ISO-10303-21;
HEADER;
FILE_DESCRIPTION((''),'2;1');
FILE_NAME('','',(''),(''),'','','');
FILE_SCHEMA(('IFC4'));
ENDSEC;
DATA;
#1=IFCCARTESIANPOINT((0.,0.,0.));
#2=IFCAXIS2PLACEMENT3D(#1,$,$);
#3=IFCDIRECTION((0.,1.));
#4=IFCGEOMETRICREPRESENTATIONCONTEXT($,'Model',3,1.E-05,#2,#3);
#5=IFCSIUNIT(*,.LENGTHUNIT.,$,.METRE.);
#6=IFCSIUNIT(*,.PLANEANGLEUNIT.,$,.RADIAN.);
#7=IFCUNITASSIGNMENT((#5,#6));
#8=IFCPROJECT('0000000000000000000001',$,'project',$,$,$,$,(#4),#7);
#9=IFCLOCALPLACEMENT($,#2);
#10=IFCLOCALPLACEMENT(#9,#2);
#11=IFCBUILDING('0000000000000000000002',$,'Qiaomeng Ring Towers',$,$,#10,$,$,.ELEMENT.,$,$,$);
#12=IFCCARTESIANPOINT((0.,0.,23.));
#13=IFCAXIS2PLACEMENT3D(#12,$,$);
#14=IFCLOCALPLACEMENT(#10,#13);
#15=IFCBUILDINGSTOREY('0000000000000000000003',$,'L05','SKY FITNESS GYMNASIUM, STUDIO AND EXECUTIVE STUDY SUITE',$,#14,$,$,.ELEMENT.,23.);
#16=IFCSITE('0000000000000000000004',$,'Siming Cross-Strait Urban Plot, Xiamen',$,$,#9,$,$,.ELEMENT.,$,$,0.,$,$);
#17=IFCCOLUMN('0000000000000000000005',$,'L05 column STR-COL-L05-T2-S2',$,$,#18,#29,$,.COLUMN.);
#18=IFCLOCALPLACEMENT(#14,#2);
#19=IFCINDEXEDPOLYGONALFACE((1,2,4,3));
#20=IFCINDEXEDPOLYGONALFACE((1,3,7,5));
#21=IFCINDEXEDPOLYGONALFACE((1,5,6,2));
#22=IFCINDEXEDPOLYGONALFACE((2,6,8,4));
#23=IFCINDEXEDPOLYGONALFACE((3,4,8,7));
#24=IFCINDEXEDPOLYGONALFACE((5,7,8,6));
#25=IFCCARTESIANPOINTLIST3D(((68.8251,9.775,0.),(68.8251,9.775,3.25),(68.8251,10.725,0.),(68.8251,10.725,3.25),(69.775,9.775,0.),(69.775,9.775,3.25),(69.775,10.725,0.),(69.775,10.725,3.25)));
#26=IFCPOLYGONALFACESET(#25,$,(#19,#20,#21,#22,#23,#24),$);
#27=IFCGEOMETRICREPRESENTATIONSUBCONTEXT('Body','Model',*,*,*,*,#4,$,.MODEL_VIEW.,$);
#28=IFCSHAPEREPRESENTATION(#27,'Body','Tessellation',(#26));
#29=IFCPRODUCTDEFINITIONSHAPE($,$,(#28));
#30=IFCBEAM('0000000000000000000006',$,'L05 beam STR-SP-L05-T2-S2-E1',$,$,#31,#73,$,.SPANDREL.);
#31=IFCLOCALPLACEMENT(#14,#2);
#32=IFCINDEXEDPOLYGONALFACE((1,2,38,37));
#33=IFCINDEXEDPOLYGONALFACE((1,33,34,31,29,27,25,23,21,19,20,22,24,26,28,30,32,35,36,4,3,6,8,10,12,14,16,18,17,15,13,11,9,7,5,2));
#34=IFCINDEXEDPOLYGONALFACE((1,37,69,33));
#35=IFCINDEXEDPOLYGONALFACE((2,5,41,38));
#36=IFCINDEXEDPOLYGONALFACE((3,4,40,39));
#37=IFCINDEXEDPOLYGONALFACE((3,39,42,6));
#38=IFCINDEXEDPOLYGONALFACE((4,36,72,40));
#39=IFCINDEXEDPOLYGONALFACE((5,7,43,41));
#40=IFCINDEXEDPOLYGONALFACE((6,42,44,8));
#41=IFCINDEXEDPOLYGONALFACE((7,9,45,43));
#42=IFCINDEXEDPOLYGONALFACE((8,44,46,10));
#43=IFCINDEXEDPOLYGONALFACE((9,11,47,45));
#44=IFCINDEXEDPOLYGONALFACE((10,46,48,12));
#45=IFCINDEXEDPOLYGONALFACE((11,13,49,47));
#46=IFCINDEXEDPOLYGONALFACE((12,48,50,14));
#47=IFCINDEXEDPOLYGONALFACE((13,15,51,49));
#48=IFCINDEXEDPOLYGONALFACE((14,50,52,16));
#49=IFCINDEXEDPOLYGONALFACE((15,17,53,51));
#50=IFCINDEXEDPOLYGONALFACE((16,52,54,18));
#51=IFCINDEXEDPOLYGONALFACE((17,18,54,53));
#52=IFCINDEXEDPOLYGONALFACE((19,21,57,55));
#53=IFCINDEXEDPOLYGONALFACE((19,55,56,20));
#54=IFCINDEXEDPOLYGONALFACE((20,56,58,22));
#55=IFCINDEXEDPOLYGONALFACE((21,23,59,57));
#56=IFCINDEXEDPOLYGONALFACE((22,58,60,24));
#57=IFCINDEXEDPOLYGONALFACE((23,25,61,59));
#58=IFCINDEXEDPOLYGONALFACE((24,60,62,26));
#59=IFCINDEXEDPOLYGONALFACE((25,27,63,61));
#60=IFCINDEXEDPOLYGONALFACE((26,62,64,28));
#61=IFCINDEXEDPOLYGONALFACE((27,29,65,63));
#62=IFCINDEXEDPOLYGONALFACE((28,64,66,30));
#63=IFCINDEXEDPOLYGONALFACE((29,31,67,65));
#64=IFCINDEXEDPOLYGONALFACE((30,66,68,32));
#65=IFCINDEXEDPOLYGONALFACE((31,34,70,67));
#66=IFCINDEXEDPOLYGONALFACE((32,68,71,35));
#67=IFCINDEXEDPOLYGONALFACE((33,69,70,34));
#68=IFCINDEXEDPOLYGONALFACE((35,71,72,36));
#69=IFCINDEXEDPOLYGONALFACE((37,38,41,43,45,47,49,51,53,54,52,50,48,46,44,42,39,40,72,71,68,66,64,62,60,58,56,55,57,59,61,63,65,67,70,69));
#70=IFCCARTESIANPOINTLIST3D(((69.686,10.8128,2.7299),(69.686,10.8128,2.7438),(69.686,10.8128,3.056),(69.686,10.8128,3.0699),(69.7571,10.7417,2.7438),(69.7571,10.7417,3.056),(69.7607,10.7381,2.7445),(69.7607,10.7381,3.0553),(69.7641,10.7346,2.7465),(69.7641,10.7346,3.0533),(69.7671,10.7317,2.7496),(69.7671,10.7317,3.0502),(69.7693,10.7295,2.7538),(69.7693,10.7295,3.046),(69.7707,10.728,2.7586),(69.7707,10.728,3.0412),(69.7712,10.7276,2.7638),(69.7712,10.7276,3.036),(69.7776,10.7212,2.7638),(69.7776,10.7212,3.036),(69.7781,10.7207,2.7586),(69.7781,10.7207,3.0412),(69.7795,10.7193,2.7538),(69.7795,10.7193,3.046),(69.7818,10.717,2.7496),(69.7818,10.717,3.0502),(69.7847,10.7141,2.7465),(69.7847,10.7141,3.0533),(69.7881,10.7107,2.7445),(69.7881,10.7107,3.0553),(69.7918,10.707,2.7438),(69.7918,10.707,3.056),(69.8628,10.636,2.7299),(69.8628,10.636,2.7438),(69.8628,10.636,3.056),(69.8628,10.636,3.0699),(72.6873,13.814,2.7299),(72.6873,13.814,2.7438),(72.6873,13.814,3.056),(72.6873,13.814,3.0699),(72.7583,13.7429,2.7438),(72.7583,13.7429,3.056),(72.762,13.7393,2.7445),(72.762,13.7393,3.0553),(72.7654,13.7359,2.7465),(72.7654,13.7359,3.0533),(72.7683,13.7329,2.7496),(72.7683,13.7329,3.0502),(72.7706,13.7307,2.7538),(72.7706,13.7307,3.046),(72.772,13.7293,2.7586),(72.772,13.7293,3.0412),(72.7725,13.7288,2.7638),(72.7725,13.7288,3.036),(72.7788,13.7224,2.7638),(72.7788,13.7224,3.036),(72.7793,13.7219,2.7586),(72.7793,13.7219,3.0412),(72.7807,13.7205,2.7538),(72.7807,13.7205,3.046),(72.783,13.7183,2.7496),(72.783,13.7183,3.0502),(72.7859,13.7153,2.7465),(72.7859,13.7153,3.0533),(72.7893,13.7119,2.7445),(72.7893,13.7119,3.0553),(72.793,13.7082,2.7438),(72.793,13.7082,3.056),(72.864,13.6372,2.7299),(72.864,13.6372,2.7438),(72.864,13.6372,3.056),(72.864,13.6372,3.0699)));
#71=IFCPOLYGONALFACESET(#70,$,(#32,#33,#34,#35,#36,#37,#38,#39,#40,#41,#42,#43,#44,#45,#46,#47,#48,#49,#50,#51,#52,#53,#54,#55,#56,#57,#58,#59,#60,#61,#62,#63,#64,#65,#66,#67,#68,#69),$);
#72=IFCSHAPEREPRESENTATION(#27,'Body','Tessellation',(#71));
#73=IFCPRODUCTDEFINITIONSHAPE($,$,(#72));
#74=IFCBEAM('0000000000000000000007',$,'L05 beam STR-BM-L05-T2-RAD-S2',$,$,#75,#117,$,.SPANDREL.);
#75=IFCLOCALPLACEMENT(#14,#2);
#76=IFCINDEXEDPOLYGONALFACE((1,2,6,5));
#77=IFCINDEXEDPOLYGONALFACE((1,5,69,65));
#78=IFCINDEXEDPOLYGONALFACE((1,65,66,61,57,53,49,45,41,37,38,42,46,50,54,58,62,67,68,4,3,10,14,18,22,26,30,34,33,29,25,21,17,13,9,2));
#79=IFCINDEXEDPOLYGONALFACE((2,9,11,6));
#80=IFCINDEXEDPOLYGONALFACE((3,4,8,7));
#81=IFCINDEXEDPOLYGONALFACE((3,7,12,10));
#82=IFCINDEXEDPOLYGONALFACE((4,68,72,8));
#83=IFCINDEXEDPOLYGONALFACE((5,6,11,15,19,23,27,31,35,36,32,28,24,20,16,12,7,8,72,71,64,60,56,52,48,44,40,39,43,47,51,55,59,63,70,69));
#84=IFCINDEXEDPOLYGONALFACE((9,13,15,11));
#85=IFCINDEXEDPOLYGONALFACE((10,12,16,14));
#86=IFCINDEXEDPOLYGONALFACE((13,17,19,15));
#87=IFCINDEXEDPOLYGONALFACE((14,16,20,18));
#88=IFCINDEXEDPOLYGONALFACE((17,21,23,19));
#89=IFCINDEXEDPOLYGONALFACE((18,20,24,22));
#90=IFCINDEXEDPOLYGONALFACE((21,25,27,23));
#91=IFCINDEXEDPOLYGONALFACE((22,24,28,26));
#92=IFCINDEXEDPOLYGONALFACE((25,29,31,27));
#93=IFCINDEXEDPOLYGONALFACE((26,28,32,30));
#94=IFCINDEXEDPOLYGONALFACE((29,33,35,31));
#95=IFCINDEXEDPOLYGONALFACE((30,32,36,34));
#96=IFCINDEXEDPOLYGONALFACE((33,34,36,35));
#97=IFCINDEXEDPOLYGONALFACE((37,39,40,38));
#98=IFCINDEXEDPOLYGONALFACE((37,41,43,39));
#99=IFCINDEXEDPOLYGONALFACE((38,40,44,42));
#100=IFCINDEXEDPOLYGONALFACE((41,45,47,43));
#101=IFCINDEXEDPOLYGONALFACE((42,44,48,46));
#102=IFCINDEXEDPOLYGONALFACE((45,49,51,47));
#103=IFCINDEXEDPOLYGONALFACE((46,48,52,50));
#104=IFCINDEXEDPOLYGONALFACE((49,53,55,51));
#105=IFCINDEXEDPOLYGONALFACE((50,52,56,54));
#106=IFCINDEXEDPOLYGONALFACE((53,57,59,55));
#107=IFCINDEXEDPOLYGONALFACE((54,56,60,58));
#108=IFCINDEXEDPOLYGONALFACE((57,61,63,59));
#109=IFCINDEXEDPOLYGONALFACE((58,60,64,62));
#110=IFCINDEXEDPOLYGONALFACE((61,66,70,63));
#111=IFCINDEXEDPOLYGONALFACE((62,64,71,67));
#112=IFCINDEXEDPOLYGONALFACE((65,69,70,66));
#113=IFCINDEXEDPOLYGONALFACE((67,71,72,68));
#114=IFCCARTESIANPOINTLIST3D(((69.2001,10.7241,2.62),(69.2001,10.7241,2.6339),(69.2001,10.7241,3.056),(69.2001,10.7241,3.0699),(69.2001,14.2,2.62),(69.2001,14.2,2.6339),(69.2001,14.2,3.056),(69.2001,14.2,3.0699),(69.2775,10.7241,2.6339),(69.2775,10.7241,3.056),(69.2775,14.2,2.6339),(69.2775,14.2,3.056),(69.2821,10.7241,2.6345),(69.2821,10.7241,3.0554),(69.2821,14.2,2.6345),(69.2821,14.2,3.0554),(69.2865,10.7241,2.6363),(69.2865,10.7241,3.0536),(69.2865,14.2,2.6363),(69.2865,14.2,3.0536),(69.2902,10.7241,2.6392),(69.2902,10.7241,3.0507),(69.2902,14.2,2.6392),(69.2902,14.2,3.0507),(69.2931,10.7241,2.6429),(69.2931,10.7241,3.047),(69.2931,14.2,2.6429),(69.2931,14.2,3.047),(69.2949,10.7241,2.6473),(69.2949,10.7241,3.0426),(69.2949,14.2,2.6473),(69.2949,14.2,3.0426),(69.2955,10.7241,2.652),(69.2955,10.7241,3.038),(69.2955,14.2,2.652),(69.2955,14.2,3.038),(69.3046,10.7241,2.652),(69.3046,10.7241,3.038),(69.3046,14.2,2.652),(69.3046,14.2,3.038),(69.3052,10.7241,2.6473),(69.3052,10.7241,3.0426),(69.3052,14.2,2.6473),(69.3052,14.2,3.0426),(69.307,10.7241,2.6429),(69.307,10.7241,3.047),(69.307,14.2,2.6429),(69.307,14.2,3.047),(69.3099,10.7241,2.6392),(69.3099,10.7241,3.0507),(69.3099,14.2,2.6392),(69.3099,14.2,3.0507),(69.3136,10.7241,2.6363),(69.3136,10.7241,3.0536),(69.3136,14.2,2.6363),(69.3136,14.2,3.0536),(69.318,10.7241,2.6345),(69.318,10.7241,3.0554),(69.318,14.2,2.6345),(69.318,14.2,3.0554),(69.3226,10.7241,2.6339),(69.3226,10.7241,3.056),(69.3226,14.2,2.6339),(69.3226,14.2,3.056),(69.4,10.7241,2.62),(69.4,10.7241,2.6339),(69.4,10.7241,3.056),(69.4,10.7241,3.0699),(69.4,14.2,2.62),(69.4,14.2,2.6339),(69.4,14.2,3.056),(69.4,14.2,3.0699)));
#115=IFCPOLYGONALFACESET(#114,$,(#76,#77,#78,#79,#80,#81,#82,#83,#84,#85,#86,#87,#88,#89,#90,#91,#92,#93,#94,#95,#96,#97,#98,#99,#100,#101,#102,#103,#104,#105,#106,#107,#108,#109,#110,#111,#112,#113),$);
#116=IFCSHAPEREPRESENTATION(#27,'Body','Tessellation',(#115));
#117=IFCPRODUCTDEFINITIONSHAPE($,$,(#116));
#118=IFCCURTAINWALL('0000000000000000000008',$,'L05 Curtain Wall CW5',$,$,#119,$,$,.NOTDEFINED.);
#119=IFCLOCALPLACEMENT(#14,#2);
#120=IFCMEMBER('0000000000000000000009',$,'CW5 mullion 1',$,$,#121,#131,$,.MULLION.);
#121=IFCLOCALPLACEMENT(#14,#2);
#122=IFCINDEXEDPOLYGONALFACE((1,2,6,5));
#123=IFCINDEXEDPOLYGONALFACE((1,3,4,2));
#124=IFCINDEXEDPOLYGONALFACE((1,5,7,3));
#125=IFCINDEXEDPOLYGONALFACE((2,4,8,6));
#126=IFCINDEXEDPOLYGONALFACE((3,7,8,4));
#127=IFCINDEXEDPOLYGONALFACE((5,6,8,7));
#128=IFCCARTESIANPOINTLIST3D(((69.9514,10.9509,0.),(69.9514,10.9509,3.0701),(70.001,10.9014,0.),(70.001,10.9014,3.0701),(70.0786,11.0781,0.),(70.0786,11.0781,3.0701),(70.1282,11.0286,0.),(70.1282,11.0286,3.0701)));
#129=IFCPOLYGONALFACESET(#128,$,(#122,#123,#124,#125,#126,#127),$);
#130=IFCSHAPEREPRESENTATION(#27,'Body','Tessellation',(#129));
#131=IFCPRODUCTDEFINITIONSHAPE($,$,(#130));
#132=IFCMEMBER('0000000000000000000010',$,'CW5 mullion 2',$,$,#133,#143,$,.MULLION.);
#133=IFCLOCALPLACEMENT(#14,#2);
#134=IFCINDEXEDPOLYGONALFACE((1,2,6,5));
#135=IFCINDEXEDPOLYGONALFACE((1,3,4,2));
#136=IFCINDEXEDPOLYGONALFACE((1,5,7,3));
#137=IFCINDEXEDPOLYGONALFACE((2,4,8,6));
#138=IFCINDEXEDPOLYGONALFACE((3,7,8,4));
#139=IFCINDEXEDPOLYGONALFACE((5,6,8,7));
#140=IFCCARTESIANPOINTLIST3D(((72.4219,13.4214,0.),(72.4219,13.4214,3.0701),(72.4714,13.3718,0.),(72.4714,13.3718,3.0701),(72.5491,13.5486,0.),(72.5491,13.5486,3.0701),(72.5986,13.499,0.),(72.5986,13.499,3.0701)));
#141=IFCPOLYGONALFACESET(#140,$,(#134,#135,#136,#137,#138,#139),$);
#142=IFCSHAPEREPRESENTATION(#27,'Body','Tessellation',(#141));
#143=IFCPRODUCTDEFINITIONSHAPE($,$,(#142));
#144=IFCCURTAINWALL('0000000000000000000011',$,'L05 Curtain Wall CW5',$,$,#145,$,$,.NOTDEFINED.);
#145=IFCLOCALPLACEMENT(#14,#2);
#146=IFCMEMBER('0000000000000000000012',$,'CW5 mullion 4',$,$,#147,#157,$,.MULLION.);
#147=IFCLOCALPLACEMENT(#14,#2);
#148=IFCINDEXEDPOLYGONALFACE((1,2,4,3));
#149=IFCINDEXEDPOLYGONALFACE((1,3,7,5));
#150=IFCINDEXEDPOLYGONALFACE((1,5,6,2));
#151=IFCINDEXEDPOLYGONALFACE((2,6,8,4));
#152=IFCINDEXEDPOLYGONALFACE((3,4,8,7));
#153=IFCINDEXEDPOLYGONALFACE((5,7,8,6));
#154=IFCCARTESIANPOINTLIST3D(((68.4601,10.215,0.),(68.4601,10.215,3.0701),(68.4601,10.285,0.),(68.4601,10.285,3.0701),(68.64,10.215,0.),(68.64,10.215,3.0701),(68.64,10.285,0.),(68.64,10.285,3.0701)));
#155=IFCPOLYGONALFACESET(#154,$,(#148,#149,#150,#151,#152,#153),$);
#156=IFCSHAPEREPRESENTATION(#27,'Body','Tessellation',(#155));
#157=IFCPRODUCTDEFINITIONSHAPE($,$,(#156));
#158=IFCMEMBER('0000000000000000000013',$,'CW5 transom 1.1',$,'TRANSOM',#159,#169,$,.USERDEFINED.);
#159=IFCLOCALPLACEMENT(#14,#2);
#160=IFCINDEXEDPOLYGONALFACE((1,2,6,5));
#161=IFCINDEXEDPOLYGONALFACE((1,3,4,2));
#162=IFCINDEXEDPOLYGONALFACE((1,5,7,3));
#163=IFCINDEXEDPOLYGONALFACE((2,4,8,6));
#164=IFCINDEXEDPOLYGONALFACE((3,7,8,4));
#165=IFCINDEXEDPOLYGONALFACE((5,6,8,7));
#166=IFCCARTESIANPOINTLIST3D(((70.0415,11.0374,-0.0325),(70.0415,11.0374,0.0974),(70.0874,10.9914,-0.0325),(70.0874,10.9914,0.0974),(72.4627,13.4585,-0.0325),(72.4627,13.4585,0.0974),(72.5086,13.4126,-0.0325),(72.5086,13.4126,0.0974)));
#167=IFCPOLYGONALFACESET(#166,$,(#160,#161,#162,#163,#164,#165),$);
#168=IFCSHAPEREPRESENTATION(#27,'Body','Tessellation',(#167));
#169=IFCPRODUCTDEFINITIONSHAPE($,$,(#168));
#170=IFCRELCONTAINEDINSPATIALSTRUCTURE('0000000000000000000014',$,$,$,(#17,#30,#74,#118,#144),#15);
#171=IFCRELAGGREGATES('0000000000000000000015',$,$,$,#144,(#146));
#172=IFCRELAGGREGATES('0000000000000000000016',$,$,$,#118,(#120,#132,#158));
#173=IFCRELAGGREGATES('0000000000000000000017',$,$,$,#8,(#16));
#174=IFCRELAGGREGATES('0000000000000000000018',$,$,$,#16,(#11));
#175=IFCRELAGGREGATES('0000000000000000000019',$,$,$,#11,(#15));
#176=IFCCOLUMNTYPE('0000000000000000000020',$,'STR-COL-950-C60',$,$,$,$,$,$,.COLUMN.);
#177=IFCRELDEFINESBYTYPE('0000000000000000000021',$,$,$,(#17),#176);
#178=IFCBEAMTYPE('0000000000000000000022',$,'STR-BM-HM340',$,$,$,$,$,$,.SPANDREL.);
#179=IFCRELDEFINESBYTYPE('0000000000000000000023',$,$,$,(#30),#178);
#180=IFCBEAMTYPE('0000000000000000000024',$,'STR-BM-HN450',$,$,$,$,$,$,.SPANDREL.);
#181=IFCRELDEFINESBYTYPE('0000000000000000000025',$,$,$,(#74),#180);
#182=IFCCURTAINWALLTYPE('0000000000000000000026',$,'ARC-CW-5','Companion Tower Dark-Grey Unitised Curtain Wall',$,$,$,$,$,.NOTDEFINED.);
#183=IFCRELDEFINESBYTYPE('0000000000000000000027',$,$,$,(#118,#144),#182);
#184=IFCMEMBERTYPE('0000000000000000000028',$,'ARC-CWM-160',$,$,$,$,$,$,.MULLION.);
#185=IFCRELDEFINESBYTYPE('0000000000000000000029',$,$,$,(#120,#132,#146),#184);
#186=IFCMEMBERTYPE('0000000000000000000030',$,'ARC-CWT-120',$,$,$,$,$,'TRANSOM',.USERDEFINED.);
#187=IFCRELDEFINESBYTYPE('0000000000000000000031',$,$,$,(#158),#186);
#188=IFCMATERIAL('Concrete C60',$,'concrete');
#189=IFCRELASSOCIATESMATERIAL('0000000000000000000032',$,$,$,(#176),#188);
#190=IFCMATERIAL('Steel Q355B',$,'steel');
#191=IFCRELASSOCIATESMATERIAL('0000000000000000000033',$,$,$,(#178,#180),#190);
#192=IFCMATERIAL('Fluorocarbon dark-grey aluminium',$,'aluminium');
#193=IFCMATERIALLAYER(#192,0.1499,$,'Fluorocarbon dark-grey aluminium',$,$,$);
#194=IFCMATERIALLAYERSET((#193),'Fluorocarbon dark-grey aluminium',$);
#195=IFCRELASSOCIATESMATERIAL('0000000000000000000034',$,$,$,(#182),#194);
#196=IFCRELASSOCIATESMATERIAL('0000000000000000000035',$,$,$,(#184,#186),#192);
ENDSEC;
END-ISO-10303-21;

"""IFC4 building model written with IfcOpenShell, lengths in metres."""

from ifc_helpers import new_model, si_unit, direction, frame, origin, origin_2d, place, context, subcontext, project, spatial, rectangle, i_section, extrude, source, transform, mapped, material, layer, layer_set, material_profile, profile_set, type_object, element, aggregate, save


model = new_model("IFC4")

# Units and contexts
model_context = context("Model", 3, precision=1e-05, world=origin(), true_north=direction((0.0, 1.0)))
body_context = subcontext(model_context, "Body", "Model", "MODEL_VIEW")
ifc_project = project(units=[si_unit("LENGTHUNIT", "METRE"), si_unit("PLANEANGLEUNIT", "RADIAN")], contexts=[model_context])

# Site, building, storey
site_placement = place(None, origin())
site = spatial("IfcSite", under=ifc_project, at=site_placement, Name="Siming Cross-Strait Urban Plot, Xiamen", CompositionType="ELEMENT", RefElevation=0.0)
building_placement = place(site_placement, origin())
building = spatial("IfcBuilding", under=site, at=building_placement, Name="Qiaomeng Ring Towers", CompositionType="ELEMENT")
storey_placement = place(building_placement, frame((0.0, 0.0, 23.0)))
storey = spatial("IfcBuildingStorey", under=building, at=storey_placement, Name="L05", Description="SKY FITNESS GYMNASIUM, STUDIO AND EXECUTIVE STUDY SUITE", CompositionType="ELEMENT", Elevation=23.0)

# Column
ifc_material_1 = material(Name="Concrete C60", Category="concrete")
ifc_material_profile_1 = material_profile(ifc_material_1, rectangle(XDim=0.95, YDim=0.95, at=origin_2d()), Name="RC COL 950x950")
ifc_profile_set_1 = profile_set([ifc_material_profile_1], Name="Concrete C60")
column_type = type_object("IfcColumnType", Name="STR-COL-950-C60", PredefinedType="COLUMN", material=ifc_profile_set_1)
shared_shape_1 = source(origin(), body_context, "Body", "SweptSolid", [
    extrude(rectangle(XDim=0.95, YDim=0.95, at=origin_2d()), origin(), (0.0, 0.0, 1.0), 3.25),
])
column_placement = place(storey_placement, frame((69.3, 10.25, 0.0), z_axis=(0.0, 0.0, 1.0), x_axis=(1.0, 0.0, 0.0)))
element("IfcColumn", 1, at=column_placement, inside=storey, type_object=column_type, Name="L05 column STR-COL-L05-T2-S2", PredefinedType="COLUMN", context=body_context, shape_type="MappedRepresentation", body=[
    mapped(shared_shape_1, transform((0.0, 0.0, 0.0), x_axis=(1.0, 0.0, 0.0), y_axis=(0.0, 1.0, 0.0), z_axis=(0.0, 0.0, 1.0), scale=1.0)),
])

# Beams
ifc_material_2 = material(Name="Steel Q355B", Category="steel")
ifc_material_profile_2 = material_profile(ifc_material_2, i_section(OverallWidth=0.25, OverallDepth=0.3401, WebThickness=0.009, FlangeThickness=0.0139, FilletRadius=0.02, at=origin_2d()), Name="HM 340x250x9x14")
ifc_profile_set_2 = profile_set([ifc_material_profile_2], Name="Steel Q355B")
beam_type_1 = type_object("IfcBeamType", Name="STR-BM-HM340", PredefinedType="SPANDREL", material=ifc_profile_set_2)
shared_shape_2 = source(origin(), body_context, "Body", "SweptSolid", [
    extrude(i_section(OverallWidth=0.25, OverallDepth=0.3401, WebThickness=0.009, FlangeThickness=0.0139, FilletRadius=0.02, at=origin_2d()), origin(), (0.0, 0.0, 1.0), 4.2444),
])
beam_1_placement = place(storey_placement, frame((69.7744, 10.7244, 2.8999), z_axis=(0.707107, 0.707107, 0.0), x_axis=(-0.707107, 0.707107, 0.0)))
element("IfcBeam", 2, at=beam_1_placement, inside=storey, type_object=beam_type_1, Name="L05 beam STR-SP-L05-T2-S2-E1", PredefinedType="SPANDREL", context=body_context, shape_type="MappedRepresentation", body=[
    mapped(shared_shape_2, transform((0.0, 0.0, 0.0), x_axis=(1.0, 0.0, 0.0), y_axis=(0.0, 1.0, 0.0), z_axis=(0.0, 0.0, 1.0), scale=1.0)),
])
ifc_material_profile_3 = material_profile(ifc_material_2, i_section(OverallWidth=0.2, OverallDepth=0.45, WebThickness=0.009, FlangeThickness=0.0139, FilletRadius=0.0181, at=origin_2d()), Name="HN 450x200x9x14")
ifc_profile_set_3 = profile_set([ifc_material_profile_3], Name="Steel Q355B")
beam_type_2 = type_object("IfcBeamType", Name="STR-BM-HN450", PredefinedType="SPANDREL", material=ifc_profile_set_3)
shared_shape_3 = source(origin(), body_context, "Body", "SweptSolid", [
    extrude(i_section(OverallWidth=0.2, OverallDepth=0.45, WebThickness=0.009, FlangeThickness=0.0139, FilletRadius=0.0181, at=origin_2d()), origin(), (0.0, 0.0, 1.0), 3.4758),
])
beam_2_placement = place(storey_placement, frame((69.3, 10.7241, 2.845), z_axis=(0.0, 1.0, 0.0), x_axis=(-1.0, 0.0, 0.0)))
element("IfcBeam", 3, at=beam_2_placement, inside=storey, type_object=beam_type_2, Name="L05 beam STR-BM-L05-T2-RAD-S2", PredefinedType="SPANDREL", context=body_context, shape_type="MappedRepresentation", body=[
    mapped(shared_shape_3, transform((0.0, 0.0, 0.0), x_axis=(1.0, 0.0, 0.0), y_axis=(0.0, 1.0, 0.0), z_axis=(0.0, 0.0, 1.0), scale=1.0)),
])

# Curtain wall, members
ifc_material_3 = material(Name="Fluorocarbon dark-grey aluminium", Category="aluminium")
ifc_layer_1 = layer(ifc_material_3, 0.1499, Name="Fluorocarbon dark-grey aluminium")
ifc_layer_set_1 = layer_set([ifc_layer_1], Name="Fluorocarbon dark-grey aluminium")
curtain_wall_type = type_object("IfcCurtainWallType", Name="ARC-CW-5", Description="Companion Tower Dark-Grey Unitised Curtain Wall", PredefinedType="NOTDEFINED", material=ifc_layer_set_1)
curtain_wall_1_placement = place(storey_placement, origin())
curtain_wall_1 = element("IfcCurtainWall", 4, at=curtain_wall_1_placement, inside=storey, type_object=curtain_wall_type, Name="L05 Curtain Wall CW5", PredefinedType="NOTDEFINED")
ifc_material_profile_4 = material_profile(ifc_material_3, rectangle(XDim=0.0701, YDim=0.1799, at=origin_2d()), Name="ALU MULL 70x180")
ifc_profile_set_4 = profile_set([ifc_material_profile_4], Name="Fluorocarbon dark-grey aluminium")
member_type_1 = type_object("IfcMemberType", Name="ARC-CWM-160", PredefinedType="MULLION", material=ifc_profile_set_4)
shared_shape_4 = source(origin(), body_context, "Body", "SweptSolid", [
    extrude(rectangle(XDim=0.0701, YDim=0.1799, at=origin_2d()), origin(), (0.0, 0.0, 1.0), 3.0701),
])
member_1_placement = place(storey_placement, frame((70.0398, 10.9897, 0.0), z_axis=(0.0, 0.0, 1.0), x_axis=(-0.707107, 0.707107, 0.0)))
member_1 = element("IfcMember", 5, at=member_1_placement, type_object=member_type_1, Name="CW5 mullion 1", PredefinedType="MULLION", context=body_context, shape_type="MappedRepresentation", body=[
    mapped(shared_shape_4, transform((0.0, 0.0, 0.0), x_axis=(1.0, 0.0, 0.0), y_axis=(0.0, 1.0, 0.0), z_axis=(0.0, 0.0, 1.0), scale=1.0)),
])
member_2_placement = place(storey_placement, frame((72.5103, 13.4602, 0.0), z_axis=(0.0, 0.0, 1.0), x_axis=(-0.707107, 0.707107, 0.0)))
member_2 = element("IfcMember", 6, at=member_2_placement, type_object=member_type_1, Name="CW5 mullion 2", PredefinedType="MULLION", context=body_context, shape_type="MappedRepresentation", body=[
    mapped(shared_shape_4, transform((0.0, 0.0, 0.0), x_axis=(1.0, 0.0, 0.0), y_axis=(0.0, 1.0, 0.0), z_axis=(0.0, 0.0, 1.0), scale=1.0)),
])

# Curtain wall, member
curtain_wall_2_placement = place(storey_placement, origin())
curtain_wall_2 = element("IfcCurtainWall", 7, at=curtain_wall_2_placement, inside=storey, type_object=curtain_wall_type, Name="L05 Curtain Wall CW5", PredefinedType="NOTDEFINED")
member_3_placement = place(storey_placement, frame((68.55, 10.25, 0.0), z_axis=(0.0, 0.0, 1.0), x_axis=(0.0, 1.0, 0.0)))
member_3 = element("IfcMember", 8, at=member_3_placement, type_object=member_type_1, Name="CW5 mullion 4", PredefinedType="MULLION", context=body_context, shape_type="MappedRepresentation", body=[
    mapped(shared_shape_4, transform((0.0, 0.0, 0.0), x_axis=(1.0, 0.0, 0.0), y_axis=(0.0, 1.0, 0.0), z_axis=(0.0, 0.0, 1.0), scale=1.0)),
])
aggregate(curtain_wall_2, [member_3])

# Member
ifc_material_profile_5 = material_profile(ifc_material_3, rectangle(XDim=0.0649, YDim=0.1299, at=origin_2d()), Name="ALU TRAN 65x130")
ifc_profile_set_5 = profile_set([ifc_material_profile_5], Name="Fluorocarbon dark-grey aluminium")
member_type_2 = type_object("IfcMemberType", Name="ARC-CWT-120", ElementType="TRANSOM", PredefinedType="USERDEFINED", material=ifc_profile_set_5)
shared_shape_5 = source(origin(), body_context, "Body", "SweptSolid", [
    extrude(rectangle(XDim=0.0649, YDim=0.1299, at=origin_2d()), origin(), (0.0, 0.0, 1.0), 3.4241),
])
member_4_placement = place(storey_placement, frame((70.0645, 11.0144, 0.0325), z_axis=(0.707107, 0.707107, 0.0), x_axis=(-0.707107, 0.707107, 0.0)))
member_4 = element("IfcMember", 9, at=member_4_placement, type_object=member_type_2, Name="CW5 transom 1.1", ObjectType="TRANSOM", PredefinedType="USERDEFINED", context=body_context, shape_type="MappedRepresentation", body=[
    mapped(shared_shape_5, transform((0.0, 0.0, 0.0), x_axis=(1.0, 0.0, 0.0), y_axis=(0.0, 1.0, 0.0), z_axis=(0.0, 0.0, 1.0), scale=1.0)),
])

aggregate(curtain_wall_1, [member_1, member_2, member_4])

save(model, "model.ifc")
